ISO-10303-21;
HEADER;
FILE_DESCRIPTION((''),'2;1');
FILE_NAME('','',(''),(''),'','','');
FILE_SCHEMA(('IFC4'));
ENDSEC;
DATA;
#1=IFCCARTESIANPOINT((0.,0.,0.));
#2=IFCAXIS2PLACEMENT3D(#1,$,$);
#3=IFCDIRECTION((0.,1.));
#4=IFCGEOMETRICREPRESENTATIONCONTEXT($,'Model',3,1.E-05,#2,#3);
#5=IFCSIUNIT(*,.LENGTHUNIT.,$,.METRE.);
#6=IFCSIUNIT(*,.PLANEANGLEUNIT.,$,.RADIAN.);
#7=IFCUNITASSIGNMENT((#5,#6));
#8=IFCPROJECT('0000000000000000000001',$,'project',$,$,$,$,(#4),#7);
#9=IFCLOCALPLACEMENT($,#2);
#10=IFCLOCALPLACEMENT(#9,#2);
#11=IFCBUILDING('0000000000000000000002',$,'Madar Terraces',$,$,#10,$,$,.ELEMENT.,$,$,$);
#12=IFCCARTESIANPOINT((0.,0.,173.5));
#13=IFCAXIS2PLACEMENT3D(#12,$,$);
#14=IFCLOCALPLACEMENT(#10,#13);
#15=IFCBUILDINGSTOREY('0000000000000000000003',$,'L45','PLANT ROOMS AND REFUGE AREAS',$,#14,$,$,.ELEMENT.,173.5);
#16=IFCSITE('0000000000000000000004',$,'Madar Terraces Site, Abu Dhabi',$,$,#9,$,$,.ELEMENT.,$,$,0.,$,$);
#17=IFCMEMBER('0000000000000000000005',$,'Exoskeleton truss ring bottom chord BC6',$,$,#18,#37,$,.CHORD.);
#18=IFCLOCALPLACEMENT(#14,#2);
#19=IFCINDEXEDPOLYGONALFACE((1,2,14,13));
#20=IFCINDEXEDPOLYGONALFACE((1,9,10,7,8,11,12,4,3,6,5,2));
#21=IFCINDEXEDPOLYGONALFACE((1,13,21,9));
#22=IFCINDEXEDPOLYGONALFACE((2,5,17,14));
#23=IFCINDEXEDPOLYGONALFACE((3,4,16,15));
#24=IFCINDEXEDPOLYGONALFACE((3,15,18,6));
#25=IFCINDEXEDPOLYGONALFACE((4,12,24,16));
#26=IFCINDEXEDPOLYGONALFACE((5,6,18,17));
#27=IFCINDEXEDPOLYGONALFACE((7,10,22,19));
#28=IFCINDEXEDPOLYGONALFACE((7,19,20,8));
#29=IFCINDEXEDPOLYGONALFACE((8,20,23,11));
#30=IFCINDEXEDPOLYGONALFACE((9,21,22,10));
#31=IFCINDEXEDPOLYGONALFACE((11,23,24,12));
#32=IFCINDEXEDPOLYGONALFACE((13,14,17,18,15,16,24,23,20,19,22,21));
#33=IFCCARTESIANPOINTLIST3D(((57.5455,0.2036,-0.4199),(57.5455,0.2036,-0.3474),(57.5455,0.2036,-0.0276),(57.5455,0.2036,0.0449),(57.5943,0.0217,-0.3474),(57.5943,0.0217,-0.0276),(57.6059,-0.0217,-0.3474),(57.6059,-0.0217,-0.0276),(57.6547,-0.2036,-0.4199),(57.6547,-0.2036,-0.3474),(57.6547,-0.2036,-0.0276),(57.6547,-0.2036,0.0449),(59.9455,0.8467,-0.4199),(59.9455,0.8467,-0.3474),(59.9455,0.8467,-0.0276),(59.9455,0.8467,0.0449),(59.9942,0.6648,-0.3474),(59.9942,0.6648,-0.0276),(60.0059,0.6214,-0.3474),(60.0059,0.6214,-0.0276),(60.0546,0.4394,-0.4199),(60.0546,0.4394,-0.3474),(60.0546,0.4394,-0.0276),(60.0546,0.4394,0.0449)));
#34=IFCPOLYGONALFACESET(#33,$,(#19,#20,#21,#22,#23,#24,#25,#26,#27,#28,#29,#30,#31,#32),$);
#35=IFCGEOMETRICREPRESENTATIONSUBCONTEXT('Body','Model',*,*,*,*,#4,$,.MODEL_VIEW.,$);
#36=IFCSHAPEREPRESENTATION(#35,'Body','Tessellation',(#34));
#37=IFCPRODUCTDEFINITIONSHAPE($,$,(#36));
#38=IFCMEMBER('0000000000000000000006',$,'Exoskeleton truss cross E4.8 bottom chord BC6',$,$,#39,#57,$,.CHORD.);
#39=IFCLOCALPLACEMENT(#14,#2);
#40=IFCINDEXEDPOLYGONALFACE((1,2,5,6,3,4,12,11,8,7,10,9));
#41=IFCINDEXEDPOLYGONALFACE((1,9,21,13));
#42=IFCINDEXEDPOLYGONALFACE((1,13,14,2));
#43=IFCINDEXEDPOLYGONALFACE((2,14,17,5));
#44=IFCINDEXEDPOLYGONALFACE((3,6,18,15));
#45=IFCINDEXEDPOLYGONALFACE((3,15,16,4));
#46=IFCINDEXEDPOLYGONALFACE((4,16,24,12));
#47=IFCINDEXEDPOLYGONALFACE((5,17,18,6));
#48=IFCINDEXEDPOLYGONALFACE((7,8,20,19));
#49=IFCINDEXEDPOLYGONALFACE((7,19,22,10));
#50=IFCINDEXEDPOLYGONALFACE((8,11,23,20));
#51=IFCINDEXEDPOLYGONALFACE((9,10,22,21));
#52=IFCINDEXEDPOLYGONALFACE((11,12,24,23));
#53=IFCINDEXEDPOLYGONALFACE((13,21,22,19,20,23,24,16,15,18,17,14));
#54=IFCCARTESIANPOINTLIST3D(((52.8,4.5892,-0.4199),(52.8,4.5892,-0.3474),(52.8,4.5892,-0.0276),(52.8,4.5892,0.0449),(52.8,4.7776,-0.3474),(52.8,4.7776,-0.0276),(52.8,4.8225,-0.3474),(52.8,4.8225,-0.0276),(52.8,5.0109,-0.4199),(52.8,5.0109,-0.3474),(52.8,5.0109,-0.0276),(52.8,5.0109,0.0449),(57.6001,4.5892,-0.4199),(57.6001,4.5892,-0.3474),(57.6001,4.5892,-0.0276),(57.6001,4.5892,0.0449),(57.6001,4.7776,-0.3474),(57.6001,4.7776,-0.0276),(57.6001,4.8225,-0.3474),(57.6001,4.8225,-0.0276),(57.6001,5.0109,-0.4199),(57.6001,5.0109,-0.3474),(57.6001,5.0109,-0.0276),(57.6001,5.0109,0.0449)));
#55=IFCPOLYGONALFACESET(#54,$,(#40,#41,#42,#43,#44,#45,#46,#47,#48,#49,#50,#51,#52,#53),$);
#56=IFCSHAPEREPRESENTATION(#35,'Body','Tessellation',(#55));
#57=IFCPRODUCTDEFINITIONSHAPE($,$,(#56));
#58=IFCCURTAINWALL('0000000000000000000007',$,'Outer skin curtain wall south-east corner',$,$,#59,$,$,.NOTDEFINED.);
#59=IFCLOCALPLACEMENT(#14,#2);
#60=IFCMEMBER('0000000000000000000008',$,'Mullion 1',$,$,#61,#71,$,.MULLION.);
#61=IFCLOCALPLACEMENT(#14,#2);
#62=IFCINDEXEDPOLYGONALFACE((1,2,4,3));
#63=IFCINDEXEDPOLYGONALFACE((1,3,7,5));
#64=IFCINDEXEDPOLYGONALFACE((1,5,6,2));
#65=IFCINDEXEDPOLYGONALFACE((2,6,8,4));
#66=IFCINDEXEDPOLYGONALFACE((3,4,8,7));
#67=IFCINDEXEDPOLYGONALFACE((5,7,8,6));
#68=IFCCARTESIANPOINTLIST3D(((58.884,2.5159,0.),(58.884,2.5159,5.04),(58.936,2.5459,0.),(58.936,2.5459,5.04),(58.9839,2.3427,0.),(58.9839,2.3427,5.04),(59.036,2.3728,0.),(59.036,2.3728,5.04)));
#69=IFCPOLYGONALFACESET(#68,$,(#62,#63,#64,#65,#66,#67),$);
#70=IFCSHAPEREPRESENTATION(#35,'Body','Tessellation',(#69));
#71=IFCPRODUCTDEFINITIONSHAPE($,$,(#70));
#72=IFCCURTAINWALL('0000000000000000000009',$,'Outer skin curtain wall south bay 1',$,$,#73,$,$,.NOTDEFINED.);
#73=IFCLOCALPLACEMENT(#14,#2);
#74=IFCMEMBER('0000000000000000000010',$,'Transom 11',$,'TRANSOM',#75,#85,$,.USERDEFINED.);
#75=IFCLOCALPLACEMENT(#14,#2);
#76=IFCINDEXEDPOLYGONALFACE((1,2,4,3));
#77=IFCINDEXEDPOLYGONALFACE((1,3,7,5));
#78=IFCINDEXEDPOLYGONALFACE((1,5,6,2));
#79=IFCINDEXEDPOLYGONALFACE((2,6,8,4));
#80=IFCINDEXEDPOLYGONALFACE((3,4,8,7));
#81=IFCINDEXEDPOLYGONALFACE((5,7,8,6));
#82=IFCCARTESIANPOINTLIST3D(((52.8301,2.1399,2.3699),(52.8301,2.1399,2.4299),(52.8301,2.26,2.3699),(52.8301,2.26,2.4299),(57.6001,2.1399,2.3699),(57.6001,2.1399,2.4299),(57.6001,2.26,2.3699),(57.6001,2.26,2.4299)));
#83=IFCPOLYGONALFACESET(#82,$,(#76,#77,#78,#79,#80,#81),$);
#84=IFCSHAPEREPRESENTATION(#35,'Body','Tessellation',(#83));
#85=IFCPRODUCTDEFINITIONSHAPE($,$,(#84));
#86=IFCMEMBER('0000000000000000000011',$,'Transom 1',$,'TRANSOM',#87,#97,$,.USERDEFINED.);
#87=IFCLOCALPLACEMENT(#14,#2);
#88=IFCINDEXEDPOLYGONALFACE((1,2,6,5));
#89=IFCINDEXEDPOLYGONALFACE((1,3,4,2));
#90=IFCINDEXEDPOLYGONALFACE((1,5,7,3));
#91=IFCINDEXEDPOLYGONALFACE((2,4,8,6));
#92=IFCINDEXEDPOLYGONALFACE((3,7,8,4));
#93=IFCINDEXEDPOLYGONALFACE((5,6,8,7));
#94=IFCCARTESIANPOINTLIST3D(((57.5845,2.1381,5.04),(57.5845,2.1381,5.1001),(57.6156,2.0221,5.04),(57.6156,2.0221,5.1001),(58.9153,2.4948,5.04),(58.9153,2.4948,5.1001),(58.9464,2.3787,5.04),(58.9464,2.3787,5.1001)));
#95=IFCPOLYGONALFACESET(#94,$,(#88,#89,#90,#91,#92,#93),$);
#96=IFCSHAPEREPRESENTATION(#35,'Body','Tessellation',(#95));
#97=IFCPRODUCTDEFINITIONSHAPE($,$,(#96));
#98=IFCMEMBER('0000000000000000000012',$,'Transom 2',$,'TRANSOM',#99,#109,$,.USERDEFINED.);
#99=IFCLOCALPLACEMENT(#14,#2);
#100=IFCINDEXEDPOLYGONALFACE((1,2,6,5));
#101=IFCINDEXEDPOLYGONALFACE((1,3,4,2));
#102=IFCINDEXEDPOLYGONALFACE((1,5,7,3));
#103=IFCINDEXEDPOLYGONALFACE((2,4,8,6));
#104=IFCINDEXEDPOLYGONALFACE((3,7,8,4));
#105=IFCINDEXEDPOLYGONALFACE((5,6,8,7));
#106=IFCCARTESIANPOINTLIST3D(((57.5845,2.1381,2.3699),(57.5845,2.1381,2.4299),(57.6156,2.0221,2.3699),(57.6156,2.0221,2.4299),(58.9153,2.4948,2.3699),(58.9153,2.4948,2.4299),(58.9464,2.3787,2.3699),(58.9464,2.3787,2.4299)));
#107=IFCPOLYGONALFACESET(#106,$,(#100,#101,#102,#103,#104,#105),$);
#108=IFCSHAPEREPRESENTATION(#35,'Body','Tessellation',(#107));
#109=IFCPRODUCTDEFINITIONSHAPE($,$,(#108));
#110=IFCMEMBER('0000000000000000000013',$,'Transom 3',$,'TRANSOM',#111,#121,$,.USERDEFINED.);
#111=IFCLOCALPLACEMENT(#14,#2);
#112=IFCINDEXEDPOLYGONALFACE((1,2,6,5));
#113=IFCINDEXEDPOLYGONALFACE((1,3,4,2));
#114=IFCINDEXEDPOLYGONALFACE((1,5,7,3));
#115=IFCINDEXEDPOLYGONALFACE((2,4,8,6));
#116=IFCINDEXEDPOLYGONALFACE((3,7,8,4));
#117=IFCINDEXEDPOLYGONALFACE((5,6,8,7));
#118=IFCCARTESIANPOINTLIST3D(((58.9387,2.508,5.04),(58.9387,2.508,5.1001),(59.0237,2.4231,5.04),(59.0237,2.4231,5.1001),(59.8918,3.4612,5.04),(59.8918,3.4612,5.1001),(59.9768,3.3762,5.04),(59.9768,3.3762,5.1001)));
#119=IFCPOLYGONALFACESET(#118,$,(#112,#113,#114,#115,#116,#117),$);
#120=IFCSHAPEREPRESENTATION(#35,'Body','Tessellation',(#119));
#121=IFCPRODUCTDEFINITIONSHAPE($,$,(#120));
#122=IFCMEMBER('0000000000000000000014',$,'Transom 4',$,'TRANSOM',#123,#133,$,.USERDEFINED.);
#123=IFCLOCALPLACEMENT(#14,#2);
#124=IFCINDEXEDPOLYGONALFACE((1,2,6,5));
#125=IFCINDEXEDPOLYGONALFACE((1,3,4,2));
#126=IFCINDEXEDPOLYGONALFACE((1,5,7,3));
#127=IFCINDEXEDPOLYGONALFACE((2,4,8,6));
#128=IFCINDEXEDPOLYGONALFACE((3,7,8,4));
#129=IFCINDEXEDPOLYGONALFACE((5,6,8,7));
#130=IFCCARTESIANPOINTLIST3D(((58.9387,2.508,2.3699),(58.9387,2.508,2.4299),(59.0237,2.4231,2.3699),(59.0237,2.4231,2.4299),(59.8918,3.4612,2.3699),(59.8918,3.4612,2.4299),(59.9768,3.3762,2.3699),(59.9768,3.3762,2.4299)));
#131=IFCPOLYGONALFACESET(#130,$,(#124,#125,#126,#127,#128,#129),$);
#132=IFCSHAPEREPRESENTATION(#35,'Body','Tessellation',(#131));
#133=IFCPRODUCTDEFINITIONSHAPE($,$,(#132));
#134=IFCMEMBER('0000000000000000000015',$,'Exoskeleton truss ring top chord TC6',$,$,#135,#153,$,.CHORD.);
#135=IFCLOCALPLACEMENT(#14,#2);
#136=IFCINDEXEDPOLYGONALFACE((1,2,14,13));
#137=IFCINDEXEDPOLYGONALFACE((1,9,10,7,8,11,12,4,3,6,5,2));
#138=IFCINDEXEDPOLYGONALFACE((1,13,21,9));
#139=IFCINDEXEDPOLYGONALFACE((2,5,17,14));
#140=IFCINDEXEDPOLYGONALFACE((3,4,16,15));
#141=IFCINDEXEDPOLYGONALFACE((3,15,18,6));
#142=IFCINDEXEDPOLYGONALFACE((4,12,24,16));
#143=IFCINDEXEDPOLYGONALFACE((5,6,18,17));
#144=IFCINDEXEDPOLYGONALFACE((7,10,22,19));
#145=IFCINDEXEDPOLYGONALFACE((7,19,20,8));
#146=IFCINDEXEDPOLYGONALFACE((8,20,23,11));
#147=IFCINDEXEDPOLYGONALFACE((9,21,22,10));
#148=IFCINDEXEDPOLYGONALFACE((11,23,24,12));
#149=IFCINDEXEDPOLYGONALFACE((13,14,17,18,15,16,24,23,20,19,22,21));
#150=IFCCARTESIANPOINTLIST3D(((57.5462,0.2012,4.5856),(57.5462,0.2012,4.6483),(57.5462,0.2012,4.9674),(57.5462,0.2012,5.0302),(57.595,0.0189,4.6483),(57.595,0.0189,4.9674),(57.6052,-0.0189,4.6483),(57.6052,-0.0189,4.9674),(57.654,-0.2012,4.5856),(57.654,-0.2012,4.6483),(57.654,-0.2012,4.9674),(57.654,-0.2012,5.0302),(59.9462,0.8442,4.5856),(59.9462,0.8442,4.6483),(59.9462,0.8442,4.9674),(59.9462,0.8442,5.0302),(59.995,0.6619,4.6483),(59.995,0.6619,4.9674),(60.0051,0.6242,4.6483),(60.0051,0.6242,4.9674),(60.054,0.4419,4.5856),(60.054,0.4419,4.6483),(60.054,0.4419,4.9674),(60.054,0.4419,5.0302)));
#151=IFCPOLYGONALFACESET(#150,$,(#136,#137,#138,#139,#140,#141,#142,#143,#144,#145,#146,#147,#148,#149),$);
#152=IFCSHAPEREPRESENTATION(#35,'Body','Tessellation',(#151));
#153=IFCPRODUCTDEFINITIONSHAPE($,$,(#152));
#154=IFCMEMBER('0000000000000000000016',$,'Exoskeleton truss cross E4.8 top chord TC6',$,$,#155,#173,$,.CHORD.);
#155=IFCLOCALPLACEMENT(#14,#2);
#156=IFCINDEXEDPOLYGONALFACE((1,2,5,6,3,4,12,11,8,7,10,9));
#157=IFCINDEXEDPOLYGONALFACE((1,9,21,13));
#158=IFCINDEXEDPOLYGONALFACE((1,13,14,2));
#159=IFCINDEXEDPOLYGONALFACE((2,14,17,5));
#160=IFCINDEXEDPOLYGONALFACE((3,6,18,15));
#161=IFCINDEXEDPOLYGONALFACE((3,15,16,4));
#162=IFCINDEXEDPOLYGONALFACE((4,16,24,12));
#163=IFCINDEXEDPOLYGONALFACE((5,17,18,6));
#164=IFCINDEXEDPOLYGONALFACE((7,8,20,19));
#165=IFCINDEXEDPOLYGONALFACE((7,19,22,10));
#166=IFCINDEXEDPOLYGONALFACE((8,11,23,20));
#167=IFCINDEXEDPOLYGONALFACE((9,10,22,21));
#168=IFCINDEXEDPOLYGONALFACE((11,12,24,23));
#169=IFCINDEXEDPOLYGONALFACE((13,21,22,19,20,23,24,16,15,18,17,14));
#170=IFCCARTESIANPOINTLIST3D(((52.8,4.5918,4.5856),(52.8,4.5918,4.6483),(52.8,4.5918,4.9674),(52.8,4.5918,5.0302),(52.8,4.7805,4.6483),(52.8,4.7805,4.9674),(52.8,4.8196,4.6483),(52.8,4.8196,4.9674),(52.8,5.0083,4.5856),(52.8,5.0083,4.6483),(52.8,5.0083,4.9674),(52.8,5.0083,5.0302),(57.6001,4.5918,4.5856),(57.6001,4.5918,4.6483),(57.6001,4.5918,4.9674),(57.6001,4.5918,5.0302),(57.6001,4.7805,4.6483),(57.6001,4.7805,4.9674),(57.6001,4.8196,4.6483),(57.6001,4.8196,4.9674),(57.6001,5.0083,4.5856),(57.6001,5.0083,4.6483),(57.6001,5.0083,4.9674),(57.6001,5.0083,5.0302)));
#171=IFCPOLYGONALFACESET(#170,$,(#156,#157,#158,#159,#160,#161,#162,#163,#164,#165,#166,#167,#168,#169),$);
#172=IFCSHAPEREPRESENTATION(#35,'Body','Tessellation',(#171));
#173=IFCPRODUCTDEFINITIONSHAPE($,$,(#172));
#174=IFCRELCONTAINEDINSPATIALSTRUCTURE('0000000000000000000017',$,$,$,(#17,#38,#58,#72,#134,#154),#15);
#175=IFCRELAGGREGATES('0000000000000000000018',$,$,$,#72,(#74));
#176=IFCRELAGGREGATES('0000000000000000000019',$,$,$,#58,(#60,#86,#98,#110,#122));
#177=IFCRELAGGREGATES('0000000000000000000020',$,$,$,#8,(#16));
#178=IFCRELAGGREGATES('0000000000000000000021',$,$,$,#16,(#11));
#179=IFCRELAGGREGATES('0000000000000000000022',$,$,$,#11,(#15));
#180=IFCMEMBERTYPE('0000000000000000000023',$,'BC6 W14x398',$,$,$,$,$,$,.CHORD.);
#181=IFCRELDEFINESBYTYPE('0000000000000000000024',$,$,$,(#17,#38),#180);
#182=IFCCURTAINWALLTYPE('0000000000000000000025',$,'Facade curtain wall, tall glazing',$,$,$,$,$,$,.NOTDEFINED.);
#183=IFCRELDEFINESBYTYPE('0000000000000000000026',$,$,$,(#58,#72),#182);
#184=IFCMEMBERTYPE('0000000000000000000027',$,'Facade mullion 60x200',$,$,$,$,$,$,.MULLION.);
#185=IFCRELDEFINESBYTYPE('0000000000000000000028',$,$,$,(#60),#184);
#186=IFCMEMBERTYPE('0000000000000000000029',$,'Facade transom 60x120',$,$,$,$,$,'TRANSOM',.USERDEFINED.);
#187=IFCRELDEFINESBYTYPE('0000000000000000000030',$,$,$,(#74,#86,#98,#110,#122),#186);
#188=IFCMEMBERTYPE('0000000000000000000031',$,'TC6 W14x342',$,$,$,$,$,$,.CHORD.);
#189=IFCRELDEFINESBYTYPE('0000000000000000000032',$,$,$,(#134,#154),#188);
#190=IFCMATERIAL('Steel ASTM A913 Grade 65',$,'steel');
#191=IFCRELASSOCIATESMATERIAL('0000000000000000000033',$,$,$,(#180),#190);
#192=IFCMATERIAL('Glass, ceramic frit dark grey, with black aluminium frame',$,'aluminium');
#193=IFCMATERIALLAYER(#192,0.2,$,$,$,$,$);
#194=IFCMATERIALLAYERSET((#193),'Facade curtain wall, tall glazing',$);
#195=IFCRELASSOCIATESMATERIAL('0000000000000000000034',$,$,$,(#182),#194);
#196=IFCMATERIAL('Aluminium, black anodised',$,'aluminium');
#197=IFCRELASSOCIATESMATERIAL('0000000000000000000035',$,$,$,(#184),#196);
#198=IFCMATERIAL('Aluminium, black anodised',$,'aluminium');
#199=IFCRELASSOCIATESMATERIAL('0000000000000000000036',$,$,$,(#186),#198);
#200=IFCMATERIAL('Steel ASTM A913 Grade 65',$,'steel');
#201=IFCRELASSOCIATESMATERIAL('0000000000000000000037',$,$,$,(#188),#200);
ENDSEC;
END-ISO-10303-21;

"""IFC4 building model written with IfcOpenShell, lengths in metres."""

from ifc_helpers import new_model, si_unit, direction, frame, origin, origin_2d, place, context, subcontext, project, spatial, rectangle, i_section, extrude, material, layer, layer_set, material_profile, profile_set, type_object, element, aggregate, save


model = new_model("IFC4")

# Units and contexts
model_context = context("Model", 3, precision=1e-05, world=origin(), true_north=direction((0.0, 1.0)))
body_context = subcontext(model_context, "Body", "Model", "MODEL_VIEW")
ifc_project = project(units=[si_unit("LENGTHUNIT", "METRE"), si_unit("PLANEANGLEUNIT", "RADIAN")], contexts=[model_context])

# Site, building, storey
site_placement = place(None, origin())
site = spatial("IfcSite", under=ifc_project, at=site_placement, Name="Madar Terraces Site, Abu Dhabi", CompositionType="ELEMENT", RefElevation=0.0)
building_placement = place(site_placement, origin())
building = spatial("IfcBuilding", under=site, at=building_placement, Name="Madar Terraces", CompositionType="ELEMENT")
storey_placement = place(building_placement, frame((0.0, 0.0, 173.5)))
storey = spatial("IfcBuildingStorey", under=building, at=storey_placement, Name="L45", Description="PLANT ROOMS AND REFUGE AREAS", CompositionType="ELEMENT", Elevation=173.5)

# Members
ifc_material_1 = material(Name="Steel ASTM A913 Grade 65", Category="steel")
ifc_material_profile_1 = material_profile(ifc_material_1, i_section(OverallWidth=0.4216, OverallDepth=0.4648, WebThickness=0.0449, FlangeThickness=0.0725, at=origin_2d()), Name="W14x398")
ifc_profile_set_1 = profile_set([ifc_material_profile_1], Name="Steel ASTM A913 Grade 65")
member_type_1 = type_object("IfcMemberType", Name="BC6 W14x398", PredefinedType="CHORD", material=ifc_profile_set_1)
member_1_placement = place(storey_placement, frame((57.6001, 0.0, -0.1875), z_axis=(0.965924, 0.258824, 0.0), x_axis=(-0.258824, 0.965924, 0.0)))
element("IfcMember", 1, at=member_1_placement, inside=storey, type_object=member_type_1, Name="Exoskeleton truss ring bottom chord BC6", PredefinedType="CHORD", context=body_context, shape_type="SweptSolid", body=[
    extrude(i_section(OverallWidth=0.4216, OverallDepth=0.4648, WebThickness=0.0449, FlangeThickness=0.0725, at=origin_2d()), origin(), (0.0, 0.0, 1.0), 2.4846),
])
member_2_placement = place(storey_placement, frame((57.6001, 4.8, -0.1875), z_axis=(-1.0, 0.0, 0.0), x_axis=(0.0, -1.0, 0.0)))
element("IfcMember", 2, at=member_2_placement, inside=storey, type_object=member_type_1, Name="Exoskeleton truss cross E4.8 bottom chord BC6", PredefinedType="CHORD", context=body_context, shape_type="SweptSolid", body=[
    extrude(i_section(OverallWidth=0.4216, OverallDepth=0.4648, WebThickness=0.0449, FlangeThickness=0.0725, at=origin_2d()), origin(), (0.0, 0.0, 1.0), 4.8),
])

# Curtain walls, members
ifc_material_2 = material(Name="Glass, ceramic frit dark grey, with black aluminium frame", Category="aluminium")
ifc_layer_1 = layer(ifc_material_2, 0.2)
ifc_layer_set_1 = layer_set([ifc_layer_1], Name="Facade curtain wall, tall glazing")
curtain_wall_type = type_object("IfcCurtainWallType", Name="Facade curtain wall, tall glazing", PredefinedType="NOTDEFINED", material=ifc_layer_set_1)
curtain_wall_1_placement = place(storey_placement, origin())
curtain_wall_1 = element("IfcCurtainWall", 3, at=curtain_wall_1_placement, inside=storey, type_object=curtain_wall_type, Name="Outer skin curtain wall south-east corner", PredefinedType="NOTDEFINED")
ifc_material_3 = material(Name="Aluminium, black anodised", Category="aluminium")
ifc_material_profile_2 = material_profile(ifc_material_3, rectangle(XDim=0.2, YDim=0.0601, at=origin_2d()), Name="Facade mullion 60x200")
ifc_profile_set_2 = profile_set([ifc_material_profile_2], Name="Aluminium, black anodised")
member_type_2 = type_object("IfcMemberType", Name="Facade mullion 60x200", PredefinedType="MULLION", material=ifc_profile_set_2)
member_3_placement = place(storey_placement, frame((58.96, 2.4443, 0.0), z_axis=(0.0, 0.0, 1.0), x_axis=(-0.5, 0.866025, 0.0)))
member_3 = element("IfcMember", 4, at=member_3_placement, type_object=member_type_2, Name="Mullion 1", PredefinedType="MULLION", context=body_context, shape_type="SweptSolid", body=[
    extrude(rectangle(XDim=0.2, YDim=0.0601, at=origin_2d()), origin(), (0.0, 0.0, 1.0), 5.04),
])
curtain_wall_2_placement = place(storey_placement, origin())
curtain_wall_2 = element("IfcCurtainWall", 5, at=curtain_wall_2_placement, inside=storey, type_object=curtain_wall_type, Name="Outer skin curtain wall south bay 1", PredefinedType="NOTDEFINED")
ifc_material_4 = material(Name="Aluminium, black anodised", Category="aluminium")
ifc_material_profile_3 = material_profile(ifc_material_4, rectangle(XDim=0.1201, YDim=0.0601, at=origin_2d()), Name="Facade transom 60x120")
ifc_profile_set_3 = profile_set([ifc_material_profile_3], Name="Aluminium, black anodised")
member_type_3 = type_object("IfcMemberType", Name="Facade transom 60x120", ElementType="TRANSOM", PredefinedType="USERDEFINED", material=ifc_profile_set_3)
member_4_placement = place(storey_placement, frame((52.8301, 2.2, 2.3999), z_axis=(1.0, 0.0, 0.0), x_axis=(0.0, 1.0, 0.0)))
member_4 = element("IfcMember", 6, at=member_4_placement, type_object=member_type_3, Name="Transom 11", ObjectType="TRANSOM", PredefinedType="USERDEFINED", context=body_context, shape_type="SweptSolid", body=[
    extrude(rectangle(XDim=0.1201, YDim=0.0601, at=origin_2d()), origin(), (0.0, 0.0, 1.0), 4.77),
])

# Members
member_5_placement = place(storey_placement, frame((57.6001, 2.0801, 5.0701), z_axis=(0.965908, 0.258887, 0.0), x_axis=(-0.258887, 0.965908, 0.0)))
member_5 = element("IfcMember", 7, at=member_5_placement, type_object=member_type_3, Name="Transom 1", ObjectType="TRANSOM", PredefinedType="USERDEFINED", context=body_context, shape_type="SweptSolid", body=[
    extrude(rectangle(XDim=0.1201, YDim=0.0601, at=origin_2d()), origin(), (0.0, 0.0, 1.0), 1.3777),
])
member_6_placement = place(storey_placement, frame((57.6001, 2.0801, 2.3999), z_axis=(0.965908, 0.258887, 0.0), x_axis=(-0.258887, 0.965908, 0.0)))
member_6 = element("IfcMember", 8, at=member_6_placement, type_object=member_type_3, Name="Transom 2", ObjectType="TRANSOM", PredefinedType="USERDEFINED", context=body_context, shape_type="SweptSolid", body=[
    extrude(rectangle(XDim=0.1201, YDim=0.0601, at=origin_2d()), origin(), (0.0, 0.0, 1.0), 1.3777),
])
member_7_placement = place(storey_placement, frame((58.9812, 2.4656, 5.0701), z_axis=(0.707107, 0.707107, 0.0), x_axis=(-0.707107, 0.707107, 0.0)))
member_7 = element("IfcMember", 9, at=member_7_placement, type_object=member_type_3, Name="Transom 3", ObjectType="TRANSOM", PredefinedType="USERDEFINED", context=body_context, shape_type="SweptSolid", body=[
    extrude(rectangle(XDim=0.1201, YDim=0.0601, at=origin_2d()), origin(), (0.0, 0.0, 1.0), 1.3479),
])
member_8_placement = place(storey_placement, frame((58.9812, 2.4656, 2.3999), z_axis=(0.707107, 0.707107, 0.0), x_axis=(-0.707107, 0.707107, 0.0)))
member_8 = element("IfcMember", 10, at=member_8_placement, type_object=member_type_3, Name="Transom 4", ObjectType="TRANSOM", PredefinedType="USERDEFINED", context=body_context, shape_type="SweptSolid", body=[
    extrude(rectangle(XDim=0.1201, YDim=0.0601, at=origin_2d()), origin(), (0.0, 0.0, 1.0), 1.3479),
])

# Members
ifc_material_5 = material(Name="Steel ASTM A913 Grade 65", Category="steel")
ifc_material_profile_4 = material_profile(ifc_material_5, i_section(OverallWidth=0.4165, OverallDepth=0.4446, WebThickness=0.0391, FlangeThickness=0.0627, at=origin_2d()), Name="W14x342")
ifc_profile_set_4 = profile_set([ifc_material_profile_4], Name="Steel ASTM A913 Grade 65")
member_type_4 = type_object("IfcMemberType", Name="TC6 W14x342", PredefinedType="CHORD", material=ifc_profile_set_4)
member_9_placement = place(storey_placement, frame((57.6001, 0.0, 4.8079), z_axis=(0.965924, 0.258824, 0.0), x_axis=(-0.258824, 0.965924, 0.0)))
element("IfcMember", 11, at=member_9_placement, inside=storey, type_object=member_type_4, Name="Exoskeleton truss ring top chord TC6", PredefinedType="CHORD", context=body_context, shape_type="SweptSolid", body=[
    extrude(i_section(OverallWidth=0.4165, OverallDepth=0.4446, WebThickness=0.0391, FlangeThickness=0.0627, at=origin_2d()), origin(), (0.0, 0.0, 1.0), 2.4846),
])
member_10_placement = place(storey_placement, frame((57.6001, 4.8, 4.8079), z_axis=(-1.0, 0.0, 0.0), x_axis=(0.0, -1.0, 0.0)))
element("IfcMember", 12, at=member_10_placement, inside=storey, type_object=member_type_4, Name="Exoskeleton truss cross E4.8 top chord TC6", PredefinedType="CHORD", context=body_context, shape_type="SweptSolid", body=[
    extrude(i_section(OverallWidth=0.4165, OverallDepth=0.4446, WebThickness=0.0391, FlangeThickness=0.0627, at=origin_2d()), origin(), (0.0, 0.0, 1.0), 4.8),
])

aggregate(curtain_wall_2, [member_4])
aggregate(curtain_wall_1, [member_3, member_5, member_6, member_7, member_8])

save(model, "model.ifc")
